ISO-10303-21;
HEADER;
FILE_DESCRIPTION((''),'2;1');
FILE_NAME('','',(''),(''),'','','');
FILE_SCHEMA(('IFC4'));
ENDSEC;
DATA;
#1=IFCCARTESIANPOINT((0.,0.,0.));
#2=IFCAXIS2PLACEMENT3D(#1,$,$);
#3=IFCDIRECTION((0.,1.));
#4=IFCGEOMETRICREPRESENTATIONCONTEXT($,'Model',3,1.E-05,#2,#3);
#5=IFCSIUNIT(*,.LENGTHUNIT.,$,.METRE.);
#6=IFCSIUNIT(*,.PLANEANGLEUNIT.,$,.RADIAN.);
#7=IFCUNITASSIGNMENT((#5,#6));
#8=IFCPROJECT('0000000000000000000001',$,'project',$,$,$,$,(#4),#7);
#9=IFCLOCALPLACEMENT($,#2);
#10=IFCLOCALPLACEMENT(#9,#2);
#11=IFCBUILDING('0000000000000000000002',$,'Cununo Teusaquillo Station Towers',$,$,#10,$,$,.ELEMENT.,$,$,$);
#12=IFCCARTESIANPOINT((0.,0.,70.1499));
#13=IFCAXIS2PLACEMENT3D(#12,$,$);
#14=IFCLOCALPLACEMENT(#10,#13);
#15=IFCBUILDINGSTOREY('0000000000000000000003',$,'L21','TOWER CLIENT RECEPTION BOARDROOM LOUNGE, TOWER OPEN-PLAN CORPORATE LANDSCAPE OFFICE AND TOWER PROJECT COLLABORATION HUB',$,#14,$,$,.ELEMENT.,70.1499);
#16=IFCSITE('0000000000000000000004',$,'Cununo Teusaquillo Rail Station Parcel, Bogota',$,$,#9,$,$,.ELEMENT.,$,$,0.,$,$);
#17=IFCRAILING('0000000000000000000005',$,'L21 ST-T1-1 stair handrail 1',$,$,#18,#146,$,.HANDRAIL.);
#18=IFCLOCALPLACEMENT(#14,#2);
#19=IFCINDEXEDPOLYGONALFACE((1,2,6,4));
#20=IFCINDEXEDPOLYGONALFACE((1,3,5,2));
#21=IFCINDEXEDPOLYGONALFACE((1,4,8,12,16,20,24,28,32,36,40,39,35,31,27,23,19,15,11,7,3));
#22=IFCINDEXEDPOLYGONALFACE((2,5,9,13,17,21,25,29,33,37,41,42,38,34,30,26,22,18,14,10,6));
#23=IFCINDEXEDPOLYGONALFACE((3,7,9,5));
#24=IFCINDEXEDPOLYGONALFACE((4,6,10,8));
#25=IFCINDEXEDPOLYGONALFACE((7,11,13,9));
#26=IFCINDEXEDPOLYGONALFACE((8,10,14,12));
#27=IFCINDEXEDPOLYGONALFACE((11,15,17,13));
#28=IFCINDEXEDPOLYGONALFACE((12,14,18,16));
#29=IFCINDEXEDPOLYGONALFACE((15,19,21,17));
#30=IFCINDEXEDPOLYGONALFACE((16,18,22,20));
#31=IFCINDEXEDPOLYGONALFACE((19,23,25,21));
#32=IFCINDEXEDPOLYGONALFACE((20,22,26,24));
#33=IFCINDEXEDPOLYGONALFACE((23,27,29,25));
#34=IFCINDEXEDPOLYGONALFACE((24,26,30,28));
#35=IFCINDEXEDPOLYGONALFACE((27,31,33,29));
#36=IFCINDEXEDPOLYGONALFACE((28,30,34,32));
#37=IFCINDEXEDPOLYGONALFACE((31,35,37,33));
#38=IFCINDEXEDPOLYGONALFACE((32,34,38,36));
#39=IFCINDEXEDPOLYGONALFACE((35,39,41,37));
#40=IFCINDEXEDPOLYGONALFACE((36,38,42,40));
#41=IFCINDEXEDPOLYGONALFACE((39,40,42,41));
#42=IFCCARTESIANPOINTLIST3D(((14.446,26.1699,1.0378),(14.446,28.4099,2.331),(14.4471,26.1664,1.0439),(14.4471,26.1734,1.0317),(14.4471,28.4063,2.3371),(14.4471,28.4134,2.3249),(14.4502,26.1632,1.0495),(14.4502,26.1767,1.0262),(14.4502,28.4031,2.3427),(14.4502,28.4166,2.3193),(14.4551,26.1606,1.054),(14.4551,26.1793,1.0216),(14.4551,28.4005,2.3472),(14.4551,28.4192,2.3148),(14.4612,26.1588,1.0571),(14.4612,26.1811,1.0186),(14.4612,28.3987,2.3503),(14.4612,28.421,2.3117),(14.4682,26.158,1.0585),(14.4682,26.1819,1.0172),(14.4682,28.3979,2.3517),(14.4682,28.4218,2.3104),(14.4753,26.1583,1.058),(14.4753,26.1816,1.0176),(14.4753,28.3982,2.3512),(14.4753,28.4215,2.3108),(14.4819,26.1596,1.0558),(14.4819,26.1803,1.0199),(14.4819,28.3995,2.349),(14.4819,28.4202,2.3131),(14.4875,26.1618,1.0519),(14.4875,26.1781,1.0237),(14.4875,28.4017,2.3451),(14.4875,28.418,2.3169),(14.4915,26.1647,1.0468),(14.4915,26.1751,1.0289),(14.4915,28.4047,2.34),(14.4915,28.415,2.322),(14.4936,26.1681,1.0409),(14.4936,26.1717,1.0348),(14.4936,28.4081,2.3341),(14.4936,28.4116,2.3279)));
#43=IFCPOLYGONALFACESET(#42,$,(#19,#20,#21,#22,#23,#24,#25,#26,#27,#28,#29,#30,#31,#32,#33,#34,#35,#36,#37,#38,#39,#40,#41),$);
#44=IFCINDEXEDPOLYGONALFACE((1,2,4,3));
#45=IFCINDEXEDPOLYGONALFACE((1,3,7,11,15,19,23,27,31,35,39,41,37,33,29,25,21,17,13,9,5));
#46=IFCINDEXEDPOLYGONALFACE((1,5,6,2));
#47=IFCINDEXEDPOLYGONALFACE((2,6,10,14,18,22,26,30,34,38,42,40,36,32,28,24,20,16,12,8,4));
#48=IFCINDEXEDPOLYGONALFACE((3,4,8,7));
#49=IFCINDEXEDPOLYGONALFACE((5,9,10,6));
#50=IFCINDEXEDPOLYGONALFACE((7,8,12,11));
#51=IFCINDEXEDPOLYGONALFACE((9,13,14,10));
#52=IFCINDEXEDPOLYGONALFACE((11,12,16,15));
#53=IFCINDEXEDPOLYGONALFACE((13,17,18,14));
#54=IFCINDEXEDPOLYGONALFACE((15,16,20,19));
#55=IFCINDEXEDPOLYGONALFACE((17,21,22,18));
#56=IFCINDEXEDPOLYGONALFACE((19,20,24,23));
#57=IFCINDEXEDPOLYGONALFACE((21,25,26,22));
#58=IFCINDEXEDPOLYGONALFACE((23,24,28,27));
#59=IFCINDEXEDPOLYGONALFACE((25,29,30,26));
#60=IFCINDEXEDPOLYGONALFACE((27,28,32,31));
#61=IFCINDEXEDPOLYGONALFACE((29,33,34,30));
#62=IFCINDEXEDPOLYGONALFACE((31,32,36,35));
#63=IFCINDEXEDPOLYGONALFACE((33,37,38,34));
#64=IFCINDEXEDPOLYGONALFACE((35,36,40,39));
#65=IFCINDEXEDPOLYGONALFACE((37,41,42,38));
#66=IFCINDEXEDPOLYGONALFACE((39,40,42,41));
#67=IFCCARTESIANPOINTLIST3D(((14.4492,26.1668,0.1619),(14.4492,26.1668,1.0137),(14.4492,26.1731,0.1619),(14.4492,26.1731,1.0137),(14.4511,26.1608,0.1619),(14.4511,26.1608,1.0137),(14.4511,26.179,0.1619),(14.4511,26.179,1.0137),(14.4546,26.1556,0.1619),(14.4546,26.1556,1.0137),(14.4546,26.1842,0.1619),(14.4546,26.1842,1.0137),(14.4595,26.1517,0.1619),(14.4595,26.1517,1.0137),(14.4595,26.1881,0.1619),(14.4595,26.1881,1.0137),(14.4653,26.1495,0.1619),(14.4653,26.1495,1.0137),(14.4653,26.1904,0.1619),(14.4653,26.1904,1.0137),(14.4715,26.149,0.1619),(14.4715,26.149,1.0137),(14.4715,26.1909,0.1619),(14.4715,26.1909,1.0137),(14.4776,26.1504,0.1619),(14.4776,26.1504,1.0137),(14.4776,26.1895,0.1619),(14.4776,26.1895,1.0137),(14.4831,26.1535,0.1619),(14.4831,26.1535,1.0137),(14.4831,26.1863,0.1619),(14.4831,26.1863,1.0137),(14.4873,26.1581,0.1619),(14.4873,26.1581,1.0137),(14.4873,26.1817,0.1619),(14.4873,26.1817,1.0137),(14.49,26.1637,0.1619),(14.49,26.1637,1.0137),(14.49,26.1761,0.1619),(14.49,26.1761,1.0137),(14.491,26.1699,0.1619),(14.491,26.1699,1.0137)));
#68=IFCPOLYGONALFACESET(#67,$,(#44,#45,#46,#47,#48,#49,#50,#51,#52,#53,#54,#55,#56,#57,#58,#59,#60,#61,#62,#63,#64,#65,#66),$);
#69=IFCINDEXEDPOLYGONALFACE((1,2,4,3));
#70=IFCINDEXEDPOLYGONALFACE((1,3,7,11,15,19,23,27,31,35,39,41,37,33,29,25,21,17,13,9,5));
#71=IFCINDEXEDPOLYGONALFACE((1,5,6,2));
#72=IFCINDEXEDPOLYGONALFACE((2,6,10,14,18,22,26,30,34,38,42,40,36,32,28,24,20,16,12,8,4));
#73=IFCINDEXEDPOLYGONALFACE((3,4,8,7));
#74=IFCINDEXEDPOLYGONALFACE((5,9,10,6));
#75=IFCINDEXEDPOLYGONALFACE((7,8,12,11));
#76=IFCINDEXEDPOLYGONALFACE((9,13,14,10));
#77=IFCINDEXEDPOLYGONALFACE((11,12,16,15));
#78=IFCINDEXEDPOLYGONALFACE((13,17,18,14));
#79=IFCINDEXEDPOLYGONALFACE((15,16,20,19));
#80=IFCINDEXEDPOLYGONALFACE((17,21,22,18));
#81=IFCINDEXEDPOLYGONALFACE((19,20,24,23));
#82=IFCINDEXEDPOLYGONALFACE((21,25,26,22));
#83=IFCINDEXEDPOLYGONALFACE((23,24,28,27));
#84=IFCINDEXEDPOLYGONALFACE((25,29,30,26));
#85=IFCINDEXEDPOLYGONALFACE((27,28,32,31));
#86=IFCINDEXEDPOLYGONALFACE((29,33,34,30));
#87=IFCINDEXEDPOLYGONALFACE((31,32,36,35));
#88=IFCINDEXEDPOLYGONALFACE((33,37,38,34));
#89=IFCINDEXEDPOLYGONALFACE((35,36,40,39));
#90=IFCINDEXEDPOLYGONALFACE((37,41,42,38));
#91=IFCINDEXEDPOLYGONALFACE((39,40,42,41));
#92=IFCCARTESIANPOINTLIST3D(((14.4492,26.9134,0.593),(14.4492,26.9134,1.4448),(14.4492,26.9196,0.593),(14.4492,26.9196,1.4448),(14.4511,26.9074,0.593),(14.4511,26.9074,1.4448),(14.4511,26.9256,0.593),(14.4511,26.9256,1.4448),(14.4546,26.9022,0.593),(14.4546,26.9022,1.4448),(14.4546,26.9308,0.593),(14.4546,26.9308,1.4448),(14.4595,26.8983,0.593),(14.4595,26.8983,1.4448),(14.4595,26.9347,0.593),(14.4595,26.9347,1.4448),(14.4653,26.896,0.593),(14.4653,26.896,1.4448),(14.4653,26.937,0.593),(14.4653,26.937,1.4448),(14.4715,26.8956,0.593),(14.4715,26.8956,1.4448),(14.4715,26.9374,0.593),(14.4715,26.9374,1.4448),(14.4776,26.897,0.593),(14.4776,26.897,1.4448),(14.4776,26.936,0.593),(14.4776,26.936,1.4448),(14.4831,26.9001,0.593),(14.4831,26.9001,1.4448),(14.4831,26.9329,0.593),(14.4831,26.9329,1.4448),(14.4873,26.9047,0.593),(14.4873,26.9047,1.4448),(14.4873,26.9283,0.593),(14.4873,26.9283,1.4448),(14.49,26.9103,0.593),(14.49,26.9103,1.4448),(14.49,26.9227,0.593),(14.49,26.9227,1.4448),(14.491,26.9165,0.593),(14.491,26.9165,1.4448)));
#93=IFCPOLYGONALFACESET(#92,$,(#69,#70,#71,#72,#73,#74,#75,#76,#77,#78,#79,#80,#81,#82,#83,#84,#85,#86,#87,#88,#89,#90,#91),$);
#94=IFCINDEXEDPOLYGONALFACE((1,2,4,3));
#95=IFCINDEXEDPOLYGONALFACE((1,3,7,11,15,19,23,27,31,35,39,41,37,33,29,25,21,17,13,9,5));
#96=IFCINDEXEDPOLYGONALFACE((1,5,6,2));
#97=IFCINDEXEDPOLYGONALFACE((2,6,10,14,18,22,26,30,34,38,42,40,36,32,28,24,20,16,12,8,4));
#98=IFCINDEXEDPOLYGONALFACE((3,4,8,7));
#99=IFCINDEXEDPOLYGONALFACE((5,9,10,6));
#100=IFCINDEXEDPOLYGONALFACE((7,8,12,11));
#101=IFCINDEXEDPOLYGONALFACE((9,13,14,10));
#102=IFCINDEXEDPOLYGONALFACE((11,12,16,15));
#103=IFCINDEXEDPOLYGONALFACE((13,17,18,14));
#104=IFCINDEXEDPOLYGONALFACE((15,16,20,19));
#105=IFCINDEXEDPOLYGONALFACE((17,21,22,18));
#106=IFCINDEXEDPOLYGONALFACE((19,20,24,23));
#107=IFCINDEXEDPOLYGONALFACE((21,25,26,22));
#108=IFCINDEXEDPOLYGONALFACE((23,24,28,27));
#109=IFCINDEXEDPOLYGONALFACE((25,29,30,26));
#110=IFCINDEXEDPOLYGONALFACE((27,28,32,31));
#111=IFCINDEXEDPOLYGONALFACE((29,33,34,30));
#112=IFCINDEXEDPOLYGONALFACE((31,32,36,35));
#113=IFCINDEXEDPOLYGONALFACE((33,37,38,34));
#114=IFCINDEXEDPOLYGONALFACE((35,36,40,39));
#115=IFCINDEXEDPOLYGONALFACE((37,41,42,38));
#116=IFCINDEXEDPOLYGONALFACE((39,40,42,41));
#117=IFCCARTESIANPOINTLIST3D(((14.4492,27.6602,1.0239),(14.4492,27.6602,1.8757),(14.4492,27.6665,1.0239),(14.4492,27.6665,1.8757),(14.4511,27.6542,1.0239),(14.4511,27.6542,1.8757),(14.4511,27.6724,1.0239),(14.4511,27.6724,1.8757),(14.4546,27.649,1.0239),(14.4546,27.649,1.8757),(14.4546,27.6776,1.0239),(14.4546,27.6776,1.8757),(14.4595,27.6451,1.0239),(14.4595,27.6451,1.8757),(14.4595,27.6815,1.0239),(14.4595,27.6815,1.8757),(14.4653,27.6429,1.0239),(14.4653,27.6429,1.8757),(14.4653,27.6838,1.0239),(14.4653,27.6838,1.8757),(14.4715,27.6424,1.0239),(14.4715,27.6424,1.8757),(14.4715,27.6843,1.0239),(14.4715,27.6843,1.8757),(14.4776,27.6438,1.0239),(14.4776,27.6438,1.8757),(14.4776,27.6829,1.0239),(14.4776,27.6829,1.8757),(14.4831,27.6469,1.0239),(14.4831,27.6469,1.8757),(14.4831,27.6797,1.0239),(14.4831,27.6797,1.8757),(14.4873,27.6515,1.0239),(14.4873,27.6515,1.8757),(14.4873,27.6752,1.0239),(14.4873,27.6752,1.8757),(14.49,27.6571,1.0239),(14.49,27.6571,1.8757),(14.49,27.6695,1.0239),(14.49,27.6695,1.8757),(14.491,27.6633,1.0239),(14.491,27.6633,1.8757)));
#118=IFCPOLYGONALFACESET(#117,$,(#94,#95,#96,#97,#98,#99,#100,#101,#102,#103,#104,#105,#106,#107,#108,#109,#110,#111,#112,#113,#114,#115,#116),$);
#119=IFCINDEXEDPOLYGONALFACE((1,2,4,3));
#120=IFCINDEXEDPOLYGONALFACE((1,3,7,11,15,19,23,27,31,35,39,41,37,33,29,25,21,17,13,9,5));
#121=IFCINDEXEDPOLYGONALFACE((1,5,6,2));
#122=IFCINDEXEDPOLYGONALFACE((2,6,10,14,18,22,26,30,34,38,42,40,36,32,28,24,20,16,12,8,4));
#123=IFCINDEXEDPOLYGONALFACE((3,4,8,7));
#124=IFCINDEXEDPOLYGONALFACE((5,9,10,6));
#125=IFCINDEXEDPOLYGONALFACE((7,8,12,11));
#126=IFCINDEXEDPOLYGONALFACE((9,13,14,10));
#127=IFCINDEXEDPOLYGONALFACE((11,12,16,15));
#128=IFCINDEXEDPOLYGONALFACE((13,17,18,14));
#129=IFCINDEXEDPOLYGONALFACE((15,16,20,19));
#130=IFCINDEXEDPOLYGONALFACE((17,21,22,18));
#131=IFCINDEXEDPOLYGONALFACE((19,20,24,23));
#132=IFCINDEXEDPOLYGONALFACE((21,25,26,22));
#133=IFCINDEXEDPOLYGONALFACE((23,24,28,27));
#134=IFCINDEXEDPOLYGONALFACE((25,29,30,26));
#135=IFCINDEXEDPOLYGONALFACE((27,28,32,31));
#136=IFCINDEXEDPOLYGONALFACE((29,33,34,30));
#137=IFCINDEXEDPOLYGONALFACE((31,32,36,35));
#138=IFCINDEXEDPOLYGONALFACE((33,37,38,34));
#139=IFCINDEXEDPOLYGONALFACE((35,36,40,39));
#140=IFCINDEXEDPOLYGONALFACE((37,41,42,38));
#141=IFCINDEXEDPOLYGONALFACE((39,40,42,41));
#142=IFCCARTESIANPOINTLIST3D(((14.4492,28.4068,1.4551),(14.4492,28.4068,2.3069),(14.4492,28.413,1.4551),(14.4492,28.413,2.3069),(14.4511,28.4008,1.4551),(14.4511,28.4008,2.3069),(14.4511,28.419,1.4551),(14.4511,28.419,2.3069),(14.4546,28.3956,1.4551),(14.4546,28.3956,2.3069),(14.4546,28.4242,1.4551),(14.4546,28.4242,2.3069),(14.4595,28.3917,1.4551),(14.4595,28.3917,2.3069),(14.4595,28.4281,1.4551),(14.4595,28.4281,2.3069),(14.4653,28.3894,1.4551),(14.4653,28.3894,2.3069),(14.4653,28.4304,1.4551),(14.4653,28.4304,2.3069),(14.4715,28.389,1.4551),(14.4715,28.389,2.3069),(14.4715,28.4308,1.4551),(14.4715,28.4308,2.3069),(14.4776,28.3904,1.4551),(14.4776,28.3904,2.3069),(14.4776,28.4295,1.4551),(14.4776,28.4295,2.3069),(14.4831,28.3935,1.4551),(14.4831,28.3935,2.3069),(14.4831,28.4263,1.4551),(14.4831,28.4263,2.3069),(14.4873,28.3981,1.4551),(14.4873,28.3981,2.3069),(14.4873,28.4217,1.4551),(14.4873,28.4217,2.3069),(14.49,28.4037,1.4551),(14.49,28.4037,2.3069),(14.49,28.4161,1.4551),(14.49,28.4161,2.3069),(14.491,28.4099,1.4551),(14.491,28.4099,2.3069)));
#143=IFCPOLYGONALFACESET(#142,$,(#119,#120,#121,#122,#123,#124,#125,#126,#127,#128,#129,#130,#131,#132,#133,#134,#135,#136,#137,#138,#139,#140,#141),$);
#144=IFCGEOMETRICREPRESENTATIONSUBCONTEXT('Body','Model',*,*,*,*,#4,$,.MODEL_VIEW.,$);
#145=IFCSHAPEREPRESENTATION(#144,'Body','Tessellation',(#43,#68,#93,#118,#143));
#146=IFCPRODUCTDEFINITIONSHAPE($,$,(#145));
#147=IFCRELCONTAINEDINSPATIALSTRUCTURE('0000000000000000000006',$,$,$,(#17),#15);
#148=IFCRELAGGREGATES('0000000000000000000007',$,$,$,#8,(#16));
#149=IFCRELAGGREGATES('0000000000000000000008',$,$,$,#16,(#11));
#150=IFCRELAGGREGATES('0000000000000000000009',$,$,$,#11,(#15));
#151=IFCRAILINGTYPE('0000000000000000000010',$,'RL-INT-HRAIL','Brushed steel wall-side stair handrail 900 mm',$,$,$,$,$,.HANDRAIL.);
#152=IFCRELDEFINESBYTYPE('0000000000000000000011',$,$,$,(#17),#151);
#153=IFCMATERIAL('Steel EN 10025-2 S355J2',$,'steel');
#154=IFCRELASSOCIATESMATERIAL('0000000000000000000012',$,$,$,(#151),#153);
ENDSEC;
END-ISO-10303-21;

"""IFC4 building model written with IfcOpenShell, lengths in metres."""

from ifc_helpers import new_model, si_unit, direction, frame, origin, origin_2d, place, context, subcontext, project, spatial, circle, extrude, material, type_object, element, save


model = new_model("IFC4")

# Units and contexts
model_context = context("Model", 3, precision=1e-05, world=origin(), true_north=direction((0.0, 1.0)))
body_context = subcontext(model_context, "Body", "Model", "MODEL_VIEW")
ifc_project = project(units=[si_unit("LENGTHUNIT", "METRE"), si_unit("PLANEANGLEUNIT", "RADIAN")], contexts=[model_context])

# Site, building, storey
site_placement = place(None, origin())
site = spatial("IfcSite", under=ifc_project, at=site_placement, Name="Cununo Teusaquillo Rail Station Parcel, Bogota", CompositionType="ELEMENT", RefElevation=0.0)
building_placement = place(site_placement, origin())
building = spatial("IfcBuilding", under=site, at=building_placement, Name="Cununo Teusaquillo Station Towers", CompositionType="ELEMENT")
storey_placement = place(building_placement, frame((0.0, 0.0, 70.1499)))
storey = spatial("IfcBuildingStorey", under=building, at=storey_placement, Name="L21", Description="TOWER CLIENT RECEPTION BOARDROOM LOUNGE, TOWER OPEN-PLAN CORPORATE LANDSCAPE OFFICE AND TOWER PROJECT COLLABORATION HUB", CompositionType="ELEMENT", Elevation=70.1499)

# Railing
ifc_material_1 = material(Name="Steel EN 10025-2 S355J2", Category="steel")
railing_type_1 = type_object("IfcRailingType", Name="RL-INT-HRAIL", Description="Brushed steel wall-side stair handrail 900 mm", PredefinedType="HANDRAIL", material=ifc_material_1)
railing_1_placement = place(storey_placement, frame((14.47, 26.1699, 0.1619)))
element("IfcRailing", 1, at=railing_1_placement, inside=storey, type_object=railing_type_1, Name="L21 ST-T1-1 stair handrail 1", PredefinedType="HANDRAIL", context=body_context, shape_type="SweptSolid", body=[
    extrude(circle(Radius=0.0239, at=origin_2d()), frame((0.0, 0.0, 0.876), z_axis=(0.0, 0.866033, 0.499987), x_axis=(-1.0, 0.0, 0.0)), (0.0, 0.0, 1.0), 2.5864),
    extrude(circle(Radius=0.021, at=origin_2d()), origin(), (0.0, 0.0, 1.0), 0.8518),
    extrude(circle(Radius=0.021, at=origin_2d()), frame((0.0, 0.7466, 0.4312)), (0.0, 0.0, 1.0), 0.8518),
    extrude(circle(Radius=0.021, at=origin_2d()), frame((0.0, 1.4934, 0.8621)), (0.0, 0.0, 1.0), 0.8518),
    extrude(circle(Radius=0.021, at=origin_2d()), frame((0.0, 2.24, 1.2932)), (0.0, 0.0, 1.0), 0.8518),
])

save(model, "model.ifc")
